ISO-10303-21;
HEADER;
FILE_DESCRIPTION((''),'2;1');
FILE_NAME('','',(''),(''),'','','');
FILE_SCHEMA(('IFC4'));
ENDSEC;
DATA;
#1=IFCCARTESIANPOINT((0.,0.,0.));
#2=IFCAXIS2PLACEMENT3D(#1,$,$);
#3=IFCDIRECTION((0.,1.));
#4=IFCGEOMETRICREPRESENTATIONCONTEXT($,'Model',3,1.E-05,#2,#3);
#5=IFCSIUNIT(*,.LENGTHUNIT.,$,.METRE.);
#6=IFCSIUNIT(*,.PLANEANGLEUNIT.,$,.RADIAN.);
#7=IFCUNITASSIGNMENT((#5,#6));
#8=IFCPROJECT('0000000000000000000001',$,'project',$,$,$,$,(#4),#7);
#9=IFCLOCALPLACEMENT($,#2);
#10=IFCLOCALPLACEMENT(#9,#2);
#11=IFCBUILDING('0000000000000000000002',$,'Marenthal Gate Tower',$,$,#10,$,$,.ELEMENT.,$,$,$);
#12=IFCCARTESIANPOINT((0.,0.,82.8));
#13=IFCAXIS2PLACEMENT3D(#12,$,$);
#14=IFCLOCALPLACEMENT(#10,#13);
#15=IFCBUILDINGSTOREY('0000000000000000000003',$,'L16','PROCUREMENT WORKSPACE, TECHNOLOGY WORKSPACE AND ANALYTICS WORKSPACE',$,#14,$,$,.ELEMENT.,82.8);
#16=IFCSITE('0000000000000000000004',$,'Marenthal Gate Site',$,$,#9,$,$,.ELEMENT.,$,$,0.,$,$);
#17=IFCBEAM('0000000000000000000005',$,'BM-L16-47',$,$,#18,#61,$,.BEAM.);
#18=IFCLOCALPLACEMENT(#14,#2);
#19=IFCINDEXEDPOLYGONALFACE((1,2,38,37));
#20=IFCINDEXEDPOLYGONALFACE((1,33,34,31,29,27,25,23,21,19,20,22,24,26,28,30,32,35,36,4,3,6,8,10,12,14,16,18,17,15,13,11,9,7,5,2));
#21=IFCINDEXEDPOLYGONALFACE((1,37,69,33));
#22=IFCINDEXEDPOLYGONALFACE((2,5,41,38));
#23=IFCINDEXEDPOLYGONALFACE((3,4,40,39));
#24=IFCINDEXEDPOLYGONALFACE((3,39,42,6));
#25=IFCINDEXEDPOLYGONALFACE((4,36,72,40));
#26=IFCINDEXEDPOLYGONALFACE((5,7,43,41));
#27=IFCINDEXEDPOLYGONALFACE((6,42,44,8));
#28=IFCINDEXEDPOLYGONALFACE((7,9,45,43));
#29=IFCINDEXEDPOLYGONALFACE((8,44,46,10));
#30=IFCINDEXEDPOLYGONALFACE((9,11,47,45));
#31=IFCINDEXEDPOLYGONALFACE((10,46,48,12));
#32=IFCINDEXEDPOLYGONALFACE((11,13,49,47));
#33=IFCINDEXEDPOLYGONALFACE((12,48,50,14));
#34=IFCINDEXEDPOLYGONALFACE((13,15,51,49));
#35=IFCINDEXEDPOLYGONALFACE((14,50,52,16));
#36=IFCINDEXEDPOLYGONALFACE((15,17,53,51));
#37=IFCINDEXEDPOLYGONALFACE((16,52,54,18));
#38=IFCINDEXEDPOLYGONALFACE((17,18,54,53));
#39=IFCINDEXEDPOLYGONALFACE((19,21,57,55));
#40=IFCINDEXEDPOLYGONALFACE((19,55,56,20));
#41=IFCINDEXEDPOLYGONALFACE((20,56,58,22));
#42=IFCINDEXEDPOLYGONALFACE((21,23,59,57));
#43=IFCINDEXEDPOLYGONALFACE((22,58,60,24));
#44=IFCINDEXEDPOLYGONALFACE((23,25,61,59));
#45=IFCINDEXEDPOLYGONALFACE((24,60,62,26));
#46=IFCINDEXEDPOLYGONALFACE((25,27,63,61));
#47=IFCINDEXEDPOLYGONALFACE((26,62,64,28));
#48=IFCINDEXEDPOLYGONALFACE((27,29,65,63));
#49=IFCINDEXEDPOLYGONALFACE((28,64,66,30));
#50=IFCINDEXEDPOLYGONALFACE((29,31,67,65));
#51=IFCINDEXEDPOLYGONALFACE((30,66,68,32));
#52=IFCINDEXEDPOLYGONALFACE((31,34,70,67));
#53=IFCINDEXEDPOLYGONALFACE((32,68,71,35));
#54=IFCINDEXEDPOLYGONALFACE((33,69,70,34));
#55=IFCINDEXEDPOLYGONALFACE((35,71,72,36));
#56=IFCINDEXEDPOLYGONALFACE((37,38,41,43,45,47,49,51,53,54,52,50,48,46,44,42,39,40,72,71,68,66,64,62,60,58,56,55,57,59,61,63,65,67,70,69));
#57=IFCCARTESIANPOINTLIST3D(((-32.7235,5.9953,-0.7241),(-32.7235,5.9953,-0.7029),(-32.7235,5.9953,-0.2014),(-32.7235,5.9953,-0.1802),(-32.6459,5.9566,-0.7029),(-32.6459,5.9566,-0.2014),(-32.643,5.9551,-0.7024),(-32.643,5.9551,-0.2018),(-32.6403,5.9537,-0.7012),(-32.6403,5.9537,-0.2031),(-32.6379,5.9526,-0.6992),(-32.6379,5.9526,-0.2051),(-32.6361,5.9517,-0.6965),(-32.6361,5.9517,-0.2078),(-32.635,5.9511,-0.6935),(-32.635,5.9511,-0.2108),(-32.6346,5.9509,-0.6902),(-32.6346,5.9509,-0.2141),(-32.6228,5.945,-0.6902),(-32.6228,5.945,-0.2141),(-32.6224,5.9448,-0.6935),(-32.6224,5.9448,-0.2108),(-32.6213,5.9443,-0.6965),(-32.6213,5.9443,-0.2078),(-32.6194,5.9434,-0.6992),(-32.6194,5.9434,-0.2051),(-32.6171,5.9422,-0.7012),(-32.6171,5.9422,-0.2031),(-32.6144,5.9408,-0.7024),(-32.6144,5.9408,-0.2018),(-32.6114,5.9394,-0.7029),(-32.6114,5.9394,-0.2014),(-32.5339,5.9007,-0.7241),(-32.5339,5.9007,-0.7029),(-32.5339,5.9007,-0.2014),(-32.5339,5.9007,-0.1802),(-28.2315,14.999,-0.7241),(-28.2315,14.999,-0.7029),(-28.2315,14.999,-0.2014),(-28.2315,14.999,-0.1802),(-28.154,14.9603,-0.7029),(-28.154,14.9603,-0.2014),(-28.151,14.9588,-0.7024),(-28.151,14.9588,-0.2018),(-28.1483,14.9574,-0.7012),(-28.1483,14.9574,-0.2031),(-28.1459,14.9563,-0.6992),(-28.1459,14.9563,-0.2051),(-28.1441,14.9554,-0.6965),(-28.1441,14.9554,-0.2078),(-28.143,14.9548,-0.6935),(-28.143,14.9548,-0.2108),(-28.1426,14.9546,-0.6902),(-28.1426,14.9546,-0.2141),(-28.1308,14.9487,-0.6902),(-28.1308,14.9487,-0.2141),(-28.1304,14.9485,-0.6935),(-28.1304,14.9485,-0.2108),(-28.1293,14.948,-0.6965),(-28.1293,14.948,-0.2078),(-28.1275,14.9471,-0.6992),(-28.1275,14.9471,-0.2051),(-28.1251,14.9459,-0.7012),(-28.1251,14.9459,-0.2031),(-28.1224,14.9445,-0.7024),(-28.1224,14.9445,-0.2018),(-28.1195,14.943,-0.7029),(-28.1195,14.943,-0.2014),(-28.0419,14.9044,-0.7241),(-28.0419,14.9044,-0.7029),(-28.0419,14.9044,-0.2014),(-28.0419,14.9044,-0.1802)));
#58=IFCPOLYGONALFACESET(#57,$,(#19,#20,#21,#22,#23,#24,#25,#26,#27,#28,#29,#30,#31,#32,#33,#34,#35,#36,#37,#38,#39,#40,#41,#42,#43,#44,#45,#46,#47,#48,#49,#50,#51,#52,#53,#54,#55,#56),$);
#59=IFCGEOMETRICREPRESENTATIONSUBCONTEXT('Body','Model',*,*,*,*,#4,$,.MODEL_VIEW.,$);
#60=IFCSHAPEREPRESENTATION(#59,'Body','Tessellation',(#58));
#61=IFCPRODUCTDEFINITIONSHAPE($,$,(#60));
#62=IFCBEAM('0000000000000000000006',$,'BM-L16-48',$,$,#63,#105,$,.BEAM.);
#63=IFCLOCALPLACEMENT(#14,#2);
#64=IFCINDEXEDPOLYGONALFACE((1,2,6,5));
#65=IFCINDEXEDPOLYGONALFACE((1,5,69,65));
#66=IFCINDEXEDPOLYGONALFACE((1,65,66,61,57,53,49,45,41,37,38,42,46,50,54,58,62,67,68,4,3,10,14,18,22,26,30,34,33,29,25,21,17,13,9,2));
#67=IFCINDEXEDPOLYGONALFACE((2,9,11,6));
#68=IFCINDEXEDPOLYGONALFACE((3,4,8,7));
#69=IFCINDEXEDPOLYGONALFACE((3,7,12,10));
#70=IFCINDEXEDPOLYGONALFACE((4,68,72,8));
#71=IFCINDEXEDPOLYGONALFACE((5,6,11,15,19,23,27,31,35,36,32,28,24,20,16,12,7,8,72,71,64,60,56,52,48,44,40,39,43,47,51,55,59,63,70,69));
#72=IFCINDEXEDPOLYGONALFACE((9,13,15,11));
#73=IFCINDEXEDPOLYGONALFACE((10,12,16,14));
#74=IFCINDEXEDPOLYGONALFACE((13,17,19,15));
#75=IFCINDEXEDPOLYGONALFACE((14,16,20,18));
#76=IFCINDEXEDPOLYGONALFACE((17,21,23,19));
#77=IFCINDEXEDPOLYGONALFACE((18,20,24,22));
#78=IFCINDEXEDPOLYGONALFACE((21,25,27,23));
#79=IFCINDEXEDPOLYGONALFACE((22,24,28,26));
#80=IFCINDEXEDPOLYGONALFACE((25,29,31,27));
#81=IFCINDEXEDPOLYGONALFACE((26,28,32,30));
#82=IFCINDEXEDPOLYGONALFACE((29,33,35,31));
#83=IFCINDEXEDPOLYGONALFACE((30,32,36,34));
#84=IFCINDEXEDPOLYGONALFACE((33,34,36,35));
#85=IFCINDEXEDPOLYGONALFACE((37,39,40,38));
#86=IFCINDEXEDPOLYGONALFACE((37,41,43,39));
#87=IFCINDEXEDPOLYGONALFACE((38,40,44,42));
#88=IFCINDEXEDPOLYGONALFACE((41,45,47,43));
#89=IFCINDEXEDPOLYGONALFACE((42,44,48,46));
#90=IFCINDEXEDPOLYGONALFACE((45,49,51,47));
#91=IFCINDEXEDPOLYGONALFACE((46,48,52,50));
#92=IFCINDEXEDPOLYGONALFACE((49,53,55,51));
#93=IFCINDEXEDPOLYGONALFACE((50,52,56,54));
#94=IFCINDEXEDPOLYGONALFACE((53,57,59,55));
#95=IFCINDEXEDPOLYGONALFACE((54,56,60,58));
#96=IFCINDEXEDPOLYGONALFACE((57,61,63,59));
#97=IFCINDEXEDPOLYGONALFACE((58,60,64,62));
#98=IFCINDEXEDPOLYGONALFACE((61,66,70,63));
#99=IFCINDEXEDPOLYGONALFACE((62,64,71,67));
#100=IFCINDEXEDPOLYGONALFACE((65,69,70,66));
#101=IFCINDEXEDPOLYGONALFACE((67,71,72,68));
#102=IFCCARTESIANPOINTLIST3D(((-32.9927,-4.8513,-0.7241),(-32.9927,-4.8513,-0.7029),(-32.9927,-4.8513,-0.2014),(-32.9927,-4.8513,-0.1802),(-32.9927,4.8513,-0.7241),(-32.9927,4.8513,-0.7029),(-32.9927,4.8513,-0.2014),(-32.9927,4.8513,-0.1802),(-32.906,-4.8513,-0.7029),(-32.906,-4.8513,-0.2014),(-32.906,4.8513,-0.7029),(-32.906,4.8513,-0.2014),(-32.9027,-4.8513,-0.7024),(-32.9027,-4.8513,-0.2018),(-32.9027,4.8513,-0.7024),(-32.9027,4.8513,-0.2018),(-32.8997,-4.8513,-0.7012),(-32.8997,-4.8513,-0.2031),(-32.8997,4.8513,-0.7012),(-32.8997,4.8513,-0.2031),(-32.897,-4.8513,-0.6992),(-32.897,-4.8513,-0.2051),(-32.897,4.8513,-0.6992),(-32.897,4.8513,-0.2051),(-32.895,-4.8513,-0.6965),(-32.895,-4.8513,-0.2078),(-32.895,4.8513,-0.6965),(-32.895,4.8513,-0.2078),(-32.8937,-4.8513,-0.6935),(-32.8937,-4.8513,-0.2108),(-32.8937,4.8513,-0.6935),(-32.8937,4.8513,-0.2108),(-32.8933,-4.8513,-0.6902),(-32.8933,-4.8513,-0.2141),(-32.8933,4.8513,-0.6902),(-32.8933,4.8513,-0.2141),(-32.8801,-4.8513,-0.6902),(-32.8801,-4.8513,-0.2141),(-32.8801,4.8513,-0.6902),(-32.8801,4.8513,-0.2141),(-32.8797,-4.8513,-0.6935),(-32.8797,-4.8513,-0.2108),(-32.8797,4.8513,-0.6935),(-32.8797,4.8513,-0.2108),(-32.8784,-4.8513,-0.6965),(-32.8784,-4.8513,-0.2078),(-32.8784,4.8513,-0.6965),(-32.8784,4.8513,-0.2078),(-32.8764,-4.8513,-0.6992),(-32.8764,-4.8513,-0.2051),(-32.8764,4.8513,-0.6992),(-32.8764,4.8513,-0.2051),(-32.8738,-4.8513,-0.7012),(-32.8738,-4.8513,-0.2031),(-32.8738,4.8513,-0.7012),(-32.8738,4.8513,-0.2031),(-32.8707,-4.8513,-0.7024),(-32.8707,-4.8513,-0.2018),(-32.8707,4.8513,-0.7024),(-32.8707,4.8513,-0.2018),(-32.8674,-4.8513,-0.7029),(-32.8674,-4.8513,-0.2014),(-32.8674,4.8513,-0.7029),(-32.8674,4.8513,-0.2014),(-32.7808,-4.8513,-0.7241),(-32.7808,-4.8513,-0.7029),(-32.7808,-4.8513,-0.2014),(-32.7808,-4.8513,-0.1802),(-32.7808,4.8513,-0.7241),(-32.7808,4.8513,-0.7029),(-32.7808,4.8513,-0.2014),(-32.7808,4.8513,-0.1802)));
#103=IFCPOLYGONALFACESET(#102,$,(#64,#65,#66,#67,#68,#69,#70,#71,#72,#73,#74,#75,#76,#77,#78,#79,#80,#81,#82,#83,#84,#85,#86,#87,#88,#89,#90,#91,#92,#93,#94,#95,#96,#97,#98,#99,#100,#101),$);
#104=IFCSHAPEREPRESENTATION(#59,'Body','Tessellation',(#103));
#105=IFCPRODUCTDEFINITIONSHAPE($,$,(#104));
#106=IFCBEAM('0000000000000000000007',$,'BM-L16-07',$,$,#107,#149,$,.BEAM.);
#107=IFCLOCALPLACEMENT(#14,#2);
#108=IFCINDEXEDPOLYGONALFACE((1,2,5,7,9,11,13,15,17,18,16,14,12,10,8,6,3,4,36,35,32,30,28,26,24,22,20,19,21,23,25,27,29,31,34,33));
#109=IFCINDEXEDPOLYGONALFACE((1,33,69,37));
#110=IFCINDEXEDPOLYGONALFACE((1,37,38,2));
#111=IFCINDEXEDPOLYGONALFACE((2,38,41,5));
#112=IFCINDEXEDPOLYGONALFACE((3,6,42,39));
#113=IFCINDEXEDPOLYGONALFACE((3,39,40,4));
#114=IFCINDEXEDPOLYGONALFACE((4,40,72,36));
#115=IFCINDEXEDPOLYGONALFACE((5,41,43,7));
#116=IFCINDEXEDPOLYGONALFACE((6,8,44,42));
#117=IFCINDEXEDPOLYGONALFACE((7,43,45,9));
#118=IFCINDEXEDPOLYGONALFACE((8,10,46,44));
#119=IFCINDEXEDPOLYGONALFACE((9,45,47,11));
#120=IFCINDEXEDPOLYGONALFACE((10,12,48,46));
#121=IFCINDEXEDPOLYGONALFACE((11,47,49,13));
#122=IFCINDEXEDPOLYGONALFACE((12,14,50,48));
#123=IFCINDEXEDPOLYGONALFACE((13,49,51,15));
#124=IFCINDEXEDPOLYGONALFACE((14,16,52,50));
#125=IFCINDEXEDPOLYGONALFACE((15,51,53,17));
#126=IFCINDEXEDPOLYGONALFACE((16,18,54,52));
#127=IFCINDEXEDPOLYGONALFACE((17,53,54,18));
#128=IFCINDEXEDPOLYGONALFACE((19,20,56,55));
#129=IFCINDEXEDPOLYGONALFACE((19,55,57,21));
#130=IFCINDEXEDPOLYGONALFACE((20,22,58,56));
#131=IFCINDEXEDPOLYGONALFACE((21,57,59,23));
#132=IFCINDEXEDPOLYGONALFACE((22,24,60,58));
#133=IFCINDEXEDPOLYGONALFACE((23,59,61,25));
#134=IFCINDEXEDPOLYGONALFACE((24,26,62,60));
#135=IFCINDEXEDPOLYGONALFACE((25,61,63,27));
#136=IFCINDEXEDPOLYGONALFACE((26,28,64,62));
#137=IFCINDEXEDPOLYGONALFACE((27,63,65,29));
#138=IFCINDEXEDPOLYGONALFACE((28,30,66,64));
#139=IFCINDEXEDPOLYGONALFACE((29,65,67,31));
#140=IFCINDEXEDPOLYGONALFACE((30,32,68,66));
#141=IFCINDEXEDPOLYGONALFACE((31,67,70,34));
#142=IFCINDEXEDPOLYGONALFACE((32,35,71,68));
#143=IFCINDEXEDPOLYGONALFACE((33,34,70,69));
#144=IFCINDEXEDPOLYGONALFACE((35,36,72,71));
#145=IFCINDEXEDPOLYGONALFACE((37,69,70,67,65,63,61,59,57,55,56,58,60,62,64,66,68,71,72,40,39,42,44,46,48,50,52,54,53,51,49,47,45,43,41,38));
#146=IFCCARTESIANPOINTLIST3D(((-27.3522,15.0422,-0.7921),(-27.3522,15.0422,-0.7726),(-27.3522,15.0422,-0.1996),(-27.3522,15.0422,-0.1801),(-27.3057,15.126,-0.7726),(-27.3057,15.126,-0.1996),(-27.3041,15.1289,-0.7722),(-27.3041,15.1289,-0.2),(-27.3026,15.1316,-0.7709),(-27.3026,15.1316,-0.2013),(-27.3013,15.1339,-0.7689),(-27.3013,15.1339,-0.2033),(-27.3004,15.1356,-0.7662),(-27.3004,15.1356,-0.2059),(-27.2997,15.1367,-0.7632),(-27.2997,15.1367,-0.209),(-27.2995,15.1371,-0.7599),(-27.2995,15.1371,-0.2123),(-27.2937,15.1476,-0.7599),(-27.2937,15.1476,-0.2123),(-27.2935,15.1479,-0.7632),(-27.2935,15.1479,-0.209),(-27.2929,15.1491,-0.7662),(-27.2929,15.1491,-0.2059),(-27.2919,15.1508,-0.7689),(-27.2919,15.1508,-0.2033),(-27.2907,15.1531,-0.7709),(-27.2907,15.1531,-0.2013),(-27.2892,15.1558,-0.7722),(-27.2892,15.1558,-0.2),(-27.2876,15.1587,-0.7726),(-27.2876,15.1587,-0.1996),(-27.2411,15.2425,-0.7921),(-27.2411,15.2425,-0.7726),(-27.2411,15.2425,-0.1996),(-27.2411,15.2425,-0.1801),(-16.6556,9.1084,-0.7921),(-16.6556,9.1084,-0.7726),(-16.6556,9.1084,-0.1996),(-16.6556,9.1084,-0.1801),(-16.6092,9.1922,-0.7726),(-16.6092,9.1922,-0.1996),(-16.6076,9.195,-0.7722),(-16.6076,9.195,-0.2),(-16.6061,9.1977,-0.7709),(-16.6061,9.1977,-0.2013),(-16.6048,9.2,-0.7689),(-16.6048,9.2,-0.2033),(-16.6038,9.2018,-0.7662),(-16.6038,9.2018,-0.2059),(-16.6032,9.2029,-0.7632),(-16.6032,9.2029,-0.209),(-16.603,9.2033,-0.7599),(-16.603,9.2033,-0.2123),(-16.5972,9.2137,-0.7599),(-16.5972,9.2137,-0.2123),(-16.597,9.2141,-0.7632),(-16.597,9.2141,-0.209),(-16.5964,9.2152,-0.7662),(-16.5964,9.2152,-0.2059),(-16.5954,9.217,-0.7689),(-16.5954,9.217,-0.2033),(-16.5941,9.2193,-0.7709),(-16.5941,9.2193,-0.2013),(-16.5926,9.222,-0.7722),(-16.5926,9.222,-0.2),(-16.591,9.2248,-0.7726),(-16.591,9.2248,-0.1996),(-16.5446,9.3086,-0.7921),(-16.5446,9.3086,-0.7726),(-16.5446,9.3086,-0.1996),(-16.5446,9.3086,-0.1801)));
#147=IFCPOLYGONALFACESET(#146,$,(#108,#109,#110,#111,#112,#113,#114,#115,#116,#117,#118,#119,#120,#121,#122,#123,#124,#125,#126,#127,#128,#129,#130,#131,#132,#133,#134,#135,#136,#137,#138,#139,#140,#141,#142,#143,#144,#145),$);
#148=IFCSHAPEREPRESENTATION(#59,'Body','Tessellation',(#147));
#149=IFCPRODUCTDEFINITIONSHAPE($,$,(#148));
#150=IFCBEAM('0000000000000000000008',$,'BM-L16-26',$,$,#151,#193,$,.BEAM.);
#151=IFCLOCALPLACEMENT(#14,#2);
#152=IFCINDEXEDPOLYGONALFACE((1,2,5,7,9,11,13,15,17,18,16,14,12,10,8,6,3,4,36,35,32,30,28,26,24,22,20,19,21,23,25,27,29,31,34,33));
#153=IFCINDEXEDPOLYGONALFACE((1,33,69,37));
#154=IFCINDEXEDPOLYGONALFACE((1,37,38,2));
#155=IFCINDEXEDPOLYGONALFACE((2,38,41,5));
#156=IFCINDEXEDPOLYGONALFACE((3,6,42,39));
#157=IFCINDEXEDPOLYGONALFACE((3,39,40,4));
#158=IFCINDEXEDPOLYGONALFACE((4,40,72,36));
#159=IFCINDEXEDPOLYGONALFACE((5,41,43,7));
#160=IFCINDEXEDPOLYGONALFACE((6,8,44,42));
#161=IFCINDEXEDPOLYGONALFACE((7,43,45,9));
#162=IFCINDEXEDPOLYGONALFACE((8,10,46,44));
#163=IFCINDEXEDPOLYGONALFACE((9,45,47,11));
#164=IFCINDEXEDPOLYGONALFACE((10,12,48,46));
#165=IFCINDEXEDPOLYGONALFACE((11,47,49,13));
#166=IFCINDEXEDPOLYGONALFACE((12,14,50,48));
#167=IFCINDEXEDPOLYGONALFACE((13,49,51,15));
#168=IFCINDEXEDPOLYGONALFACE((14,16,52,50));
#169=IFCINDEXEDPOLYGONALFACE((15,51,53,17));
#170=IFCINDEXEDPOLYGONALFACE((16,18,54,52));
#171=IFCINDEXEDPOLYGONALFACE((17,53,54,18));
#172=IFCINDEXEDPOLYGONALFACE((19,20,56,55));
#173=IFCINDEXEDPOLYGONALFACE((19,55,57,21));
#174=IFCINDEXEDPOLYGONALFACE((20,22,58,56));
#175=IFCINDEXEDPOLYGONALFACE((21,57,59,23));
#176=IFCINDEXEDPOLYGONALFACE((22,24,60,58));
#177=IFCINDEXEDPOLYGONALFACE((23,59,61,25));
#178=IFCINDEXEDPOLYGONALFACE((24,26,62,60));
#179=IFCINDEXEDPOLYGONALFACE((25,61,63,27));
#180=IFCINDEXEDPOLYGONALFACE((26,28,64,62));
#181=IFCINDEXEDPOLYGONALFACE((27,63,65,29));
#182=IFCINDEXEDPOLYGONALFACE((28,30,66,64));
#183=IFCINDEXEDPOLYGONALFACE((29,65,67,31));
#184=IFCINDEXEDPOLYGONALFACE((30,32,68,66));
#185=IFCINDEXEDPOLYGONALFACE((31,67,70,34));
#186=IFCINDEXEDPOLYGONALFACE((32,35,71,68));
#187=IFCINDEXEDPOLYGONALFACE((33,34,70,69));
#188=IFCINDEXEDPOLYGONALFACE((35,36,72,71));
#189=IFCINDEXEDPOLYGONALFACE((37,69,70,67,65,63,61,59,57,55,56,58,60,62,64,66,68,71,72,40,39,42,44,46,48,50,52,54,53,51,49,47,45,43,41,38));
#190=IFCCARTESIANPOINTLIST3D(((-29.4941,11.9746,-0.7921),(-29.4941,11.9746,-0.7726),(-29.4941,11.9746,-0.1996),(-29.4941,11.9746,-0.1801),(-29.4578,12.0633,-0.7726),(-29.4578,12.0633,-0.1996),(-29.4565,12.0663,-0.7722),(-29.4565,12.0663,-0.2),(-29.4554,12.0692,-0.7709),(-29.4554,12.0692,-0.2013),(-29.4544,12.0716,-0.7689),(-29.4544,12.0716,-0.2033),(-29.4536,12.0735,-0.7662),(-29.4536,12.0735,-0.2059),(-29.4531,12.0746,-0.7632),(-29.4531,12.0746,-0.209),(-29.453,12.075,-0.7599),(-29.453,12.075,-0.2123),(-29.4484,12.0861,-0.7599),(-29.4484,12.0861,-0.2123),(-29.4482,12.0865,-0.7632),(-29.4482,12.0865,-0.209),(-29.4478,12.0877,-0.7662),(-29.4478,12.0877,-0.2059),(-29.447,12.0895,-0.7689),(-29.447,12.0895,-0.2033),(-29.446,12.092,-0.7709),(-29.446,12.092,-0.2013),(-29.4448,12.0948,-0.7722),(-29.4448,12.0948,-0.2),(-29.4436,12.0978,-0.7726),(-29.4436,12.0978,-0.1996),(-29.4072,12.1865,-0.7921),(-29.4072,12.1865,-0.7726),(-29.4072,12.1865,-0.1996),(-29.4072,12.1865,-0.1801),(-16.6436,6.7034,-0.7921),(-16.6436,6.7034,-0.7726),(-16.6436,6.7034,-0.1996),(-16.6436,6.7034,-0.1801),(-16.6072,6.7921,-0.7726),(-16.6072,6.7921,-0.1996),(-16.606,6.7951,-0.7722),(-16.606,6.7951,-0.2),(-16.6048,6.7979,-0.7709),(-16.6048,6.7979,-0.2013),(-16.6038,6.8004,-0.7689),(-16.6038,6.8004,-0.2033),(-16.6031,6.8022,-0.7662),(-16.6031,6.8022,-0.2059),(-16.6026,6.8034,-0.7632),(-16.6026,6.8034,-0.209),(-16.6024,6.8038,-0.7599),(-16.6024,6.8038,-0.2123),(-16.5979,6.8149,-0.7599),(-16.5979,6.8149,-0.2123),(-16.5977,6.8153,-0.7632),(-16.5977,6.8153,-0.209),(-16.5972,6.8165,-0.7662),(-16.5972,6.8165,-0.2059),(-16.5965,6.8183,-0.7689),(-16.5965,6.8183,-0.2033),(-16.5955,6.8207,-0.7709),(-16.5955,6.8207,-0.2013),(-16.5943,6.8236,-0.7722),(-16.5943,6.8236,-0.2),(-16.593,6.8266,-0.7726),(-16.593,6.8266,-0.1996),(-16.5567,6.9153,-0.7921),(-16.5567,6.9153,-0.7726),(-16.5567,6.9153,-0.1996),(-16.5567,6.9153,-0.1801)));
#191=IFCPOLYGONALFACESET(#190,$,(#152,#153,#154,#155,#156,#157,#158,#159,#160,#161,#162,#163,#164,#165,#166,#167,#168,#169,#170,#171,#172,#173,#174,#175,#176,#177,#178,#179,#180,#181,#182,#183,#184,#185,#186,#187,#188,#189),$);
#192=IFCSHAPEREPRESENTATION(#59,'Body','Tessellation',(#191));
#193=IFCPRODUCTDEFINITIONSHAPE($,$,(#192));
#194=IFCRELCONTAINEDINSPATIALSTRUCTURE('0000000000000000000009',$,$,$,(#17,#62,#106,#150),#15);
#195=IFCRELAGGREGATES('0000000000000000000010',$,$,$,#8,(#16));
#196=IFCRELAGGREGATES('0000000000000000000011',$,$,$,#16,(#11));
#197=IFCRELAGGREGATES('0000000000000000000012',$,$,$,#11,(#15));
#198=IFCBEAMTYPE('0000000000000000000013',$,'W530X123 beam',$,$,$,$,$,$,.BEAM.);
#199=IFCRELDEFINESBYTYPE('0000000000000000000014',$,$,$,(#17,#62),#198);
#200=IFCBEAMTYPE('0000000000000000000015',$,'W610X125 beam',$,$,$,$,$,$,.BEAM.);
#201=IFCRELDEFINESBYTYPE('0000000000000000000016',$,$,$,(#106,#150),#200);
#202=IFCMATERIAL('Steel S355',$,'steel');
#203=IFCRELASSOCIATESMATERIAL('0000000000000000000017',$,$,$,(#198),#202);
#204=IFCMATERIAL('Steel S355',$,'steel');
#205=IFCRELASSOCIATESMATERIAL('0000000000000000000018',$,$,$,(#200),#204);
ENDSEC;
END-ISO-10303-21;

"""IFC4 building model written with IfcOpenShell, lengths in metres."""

from ifc_helpers import new_model, si_unit, direction, frame, origin, origin_2d, place, context, subcontext, project, spatial, i_section, extrude, material, material_profile, profile_set, type_object, element, save


model = new_model("IFC4")

# Units and contexts
model_context = context("Model", 3, precision=1e-05, world=origin(), true_north=direction((0.0, 1.0)))
body_context = subcontext(model_context, "Body", "Model", "MODEL_VIEW")
ifc_project = project(units=[si_unit("LENGTHUNIT", "METRE"), si_unit("PLANEANGLEUNIT", "RADIAN")], contexts=[model_context])

# Site, building, storey
site_placement = place(None, origin())
site = spatial("IfcSite", under=ifc_project, at=site_placement, Name="Marenthal Gate Site", CompositionType="ELEMENT", RefElevation=0.0)
building_placement = place(site_placement, origin())
building = spatial("IfcBuilding", under=site, at=building_placement, Name="Marenthal Gate Tower", CompositionType="ELEMENT")
storey_placement = place(building_placement, frame((0.0, 0.0, 82.8)))
storey = spatial("IfcBuildingStorey", under=building, at=storey_placement, Name="L16", Description="PROCUREMENT WORKSPACE, TECHNOLOGY WORKSPACE AND ANALYTICS WORKSPACE", CompositionType="ELEMENT", Elevation=82.8)

# Beams
ifc_material_1 = material(Name="Steel S355", Category="steel")
ifc_material_profile_1 = material_profile(ifc_material_1, i_section(OverallWidth=0.2119, OverallDepth=0.5439, WebThickness=0.0132, FlangeThickness=0.0212, FilletRadius=0.0127, at=origin_2d()), Name="W530X123")
ifc_profile_set_1 = profile_set([ifc_material_profile_1], Name="Steel S355")
beam_type_1 = type_object("IfcBeamType", Name="W530X123 beam", PredefinedType="BEAM", material=ifc_profile_set_1)
beam_1_placement = place(storey_placement, frame((-28.1367, 14.9517, -0.4521), z_axis=(-0.446427, -0.89482, 0.0), x_axis=(0.89482, -0.446427, 0.0)))
element("IfcBeam", 1, at=beam_1_placement, inside=storey, type_object=beam_type_1, Name="BM-L16-47", PredefinedType="BEAM", context=body_context, shape_type="SweptSolid", body=[
    extrude(i_section(OverallWidth=0.2119, OverallDepth=0.5439, WebThickness=0.0132, FlangeThickness=0.0212, FilletRadius=0.0127, at=origin_2d()), origin(), (0.0, 0.0, 1.0), 10.062),
])
beam_2_placement = place(storey_placement, frame((-32.8867, 4.8513, -0.4521), z_axis=(0.0, -1.0, 0.0), x_axis=(1.0, 0.0, 0.0)))
element("IfcBeam", 2, at=beam_2_placement, inside=storey, type_object=beam_type_1, Name="BM-L16-48", PredefinedType="BEAM", context=body_context, shape_type="SweptSolid", body=[
    extrude(i_section(OverallWidth=0.2119, OverallDepth=0.5439, WebThickness=0.0132, FlangeThickness=0.0212, FilletRadius=0.0127, at=origin_2d()), origin(), (0.0, 0.0, 1.0), 9.7026),
])
ifc_material_2 = material(Name="Steel S355", Category="steel")
ifc_material_profile_2 = material_profile(ifc_material_2, i_section(OverallWidth=0.229, OverallDepth=0.6121, WebThickness=0.012, FlangeThickness=0.0195, FilletRadius=0.0127, at=origin_2d()), Name="W610X125")
ifc_profile_set_2 = profile_set([ifc_material_profile_2], Name="Steel S355")
beam_type_2 = type_object("IfcBeamType", Name="W610X125 beam", PredefinedType="BEAM", material=ifc_profile_set_2)
beam_3_placement = place(storey_placement, frame((-27.2966, 15.1423, -0.4861), z_axis=(0.874458, -0.485101, 0.0), x_axis=(0.485101, 0.874458, 0.0)))
element("IfcBeam", 3, at=beam_3_placement, inside=storey, type_object=beam_type_2, Name="BM-L16-07", PredefinedType="BEAM", context=body_context, shape_type="SweptSolid", body=[
    extrude(i_section(OverallWidth=0.229, OverallDepth=0.6121, WebThickness=0.012, FlangeThickness=0.0195, FilletRadius=0.0127, at=origin_2d()), origin(), (0.0, 0.0, 1.0), 12.2322),
])
beam_4_placement = place(storey_placement, frame((-29.4507, 12.0806, -0.4861), z_axis=(0.925189, -0.379507, 0.0), x_axis=(0.379507, 0.925189, 0.0)))
element("IfcBeam", 4, at=beam_4_placement, inside=storey, type_object=beam_type_2, Name="BM-L16-26", PredefinedType="BEAM", context=body_context, shape_type="SweptSolid", body=[
    extrude(i_section(OverallWidth=0.229, OverallDepth=0.6121, WebThickness=0.012, FlangeThickness=0.0195, FilletRadius=0.0127, at=origin_2d()), origin(), (0.0, 0.0, 1.0), 13.8896),
])

save(model, "model.ifc")
